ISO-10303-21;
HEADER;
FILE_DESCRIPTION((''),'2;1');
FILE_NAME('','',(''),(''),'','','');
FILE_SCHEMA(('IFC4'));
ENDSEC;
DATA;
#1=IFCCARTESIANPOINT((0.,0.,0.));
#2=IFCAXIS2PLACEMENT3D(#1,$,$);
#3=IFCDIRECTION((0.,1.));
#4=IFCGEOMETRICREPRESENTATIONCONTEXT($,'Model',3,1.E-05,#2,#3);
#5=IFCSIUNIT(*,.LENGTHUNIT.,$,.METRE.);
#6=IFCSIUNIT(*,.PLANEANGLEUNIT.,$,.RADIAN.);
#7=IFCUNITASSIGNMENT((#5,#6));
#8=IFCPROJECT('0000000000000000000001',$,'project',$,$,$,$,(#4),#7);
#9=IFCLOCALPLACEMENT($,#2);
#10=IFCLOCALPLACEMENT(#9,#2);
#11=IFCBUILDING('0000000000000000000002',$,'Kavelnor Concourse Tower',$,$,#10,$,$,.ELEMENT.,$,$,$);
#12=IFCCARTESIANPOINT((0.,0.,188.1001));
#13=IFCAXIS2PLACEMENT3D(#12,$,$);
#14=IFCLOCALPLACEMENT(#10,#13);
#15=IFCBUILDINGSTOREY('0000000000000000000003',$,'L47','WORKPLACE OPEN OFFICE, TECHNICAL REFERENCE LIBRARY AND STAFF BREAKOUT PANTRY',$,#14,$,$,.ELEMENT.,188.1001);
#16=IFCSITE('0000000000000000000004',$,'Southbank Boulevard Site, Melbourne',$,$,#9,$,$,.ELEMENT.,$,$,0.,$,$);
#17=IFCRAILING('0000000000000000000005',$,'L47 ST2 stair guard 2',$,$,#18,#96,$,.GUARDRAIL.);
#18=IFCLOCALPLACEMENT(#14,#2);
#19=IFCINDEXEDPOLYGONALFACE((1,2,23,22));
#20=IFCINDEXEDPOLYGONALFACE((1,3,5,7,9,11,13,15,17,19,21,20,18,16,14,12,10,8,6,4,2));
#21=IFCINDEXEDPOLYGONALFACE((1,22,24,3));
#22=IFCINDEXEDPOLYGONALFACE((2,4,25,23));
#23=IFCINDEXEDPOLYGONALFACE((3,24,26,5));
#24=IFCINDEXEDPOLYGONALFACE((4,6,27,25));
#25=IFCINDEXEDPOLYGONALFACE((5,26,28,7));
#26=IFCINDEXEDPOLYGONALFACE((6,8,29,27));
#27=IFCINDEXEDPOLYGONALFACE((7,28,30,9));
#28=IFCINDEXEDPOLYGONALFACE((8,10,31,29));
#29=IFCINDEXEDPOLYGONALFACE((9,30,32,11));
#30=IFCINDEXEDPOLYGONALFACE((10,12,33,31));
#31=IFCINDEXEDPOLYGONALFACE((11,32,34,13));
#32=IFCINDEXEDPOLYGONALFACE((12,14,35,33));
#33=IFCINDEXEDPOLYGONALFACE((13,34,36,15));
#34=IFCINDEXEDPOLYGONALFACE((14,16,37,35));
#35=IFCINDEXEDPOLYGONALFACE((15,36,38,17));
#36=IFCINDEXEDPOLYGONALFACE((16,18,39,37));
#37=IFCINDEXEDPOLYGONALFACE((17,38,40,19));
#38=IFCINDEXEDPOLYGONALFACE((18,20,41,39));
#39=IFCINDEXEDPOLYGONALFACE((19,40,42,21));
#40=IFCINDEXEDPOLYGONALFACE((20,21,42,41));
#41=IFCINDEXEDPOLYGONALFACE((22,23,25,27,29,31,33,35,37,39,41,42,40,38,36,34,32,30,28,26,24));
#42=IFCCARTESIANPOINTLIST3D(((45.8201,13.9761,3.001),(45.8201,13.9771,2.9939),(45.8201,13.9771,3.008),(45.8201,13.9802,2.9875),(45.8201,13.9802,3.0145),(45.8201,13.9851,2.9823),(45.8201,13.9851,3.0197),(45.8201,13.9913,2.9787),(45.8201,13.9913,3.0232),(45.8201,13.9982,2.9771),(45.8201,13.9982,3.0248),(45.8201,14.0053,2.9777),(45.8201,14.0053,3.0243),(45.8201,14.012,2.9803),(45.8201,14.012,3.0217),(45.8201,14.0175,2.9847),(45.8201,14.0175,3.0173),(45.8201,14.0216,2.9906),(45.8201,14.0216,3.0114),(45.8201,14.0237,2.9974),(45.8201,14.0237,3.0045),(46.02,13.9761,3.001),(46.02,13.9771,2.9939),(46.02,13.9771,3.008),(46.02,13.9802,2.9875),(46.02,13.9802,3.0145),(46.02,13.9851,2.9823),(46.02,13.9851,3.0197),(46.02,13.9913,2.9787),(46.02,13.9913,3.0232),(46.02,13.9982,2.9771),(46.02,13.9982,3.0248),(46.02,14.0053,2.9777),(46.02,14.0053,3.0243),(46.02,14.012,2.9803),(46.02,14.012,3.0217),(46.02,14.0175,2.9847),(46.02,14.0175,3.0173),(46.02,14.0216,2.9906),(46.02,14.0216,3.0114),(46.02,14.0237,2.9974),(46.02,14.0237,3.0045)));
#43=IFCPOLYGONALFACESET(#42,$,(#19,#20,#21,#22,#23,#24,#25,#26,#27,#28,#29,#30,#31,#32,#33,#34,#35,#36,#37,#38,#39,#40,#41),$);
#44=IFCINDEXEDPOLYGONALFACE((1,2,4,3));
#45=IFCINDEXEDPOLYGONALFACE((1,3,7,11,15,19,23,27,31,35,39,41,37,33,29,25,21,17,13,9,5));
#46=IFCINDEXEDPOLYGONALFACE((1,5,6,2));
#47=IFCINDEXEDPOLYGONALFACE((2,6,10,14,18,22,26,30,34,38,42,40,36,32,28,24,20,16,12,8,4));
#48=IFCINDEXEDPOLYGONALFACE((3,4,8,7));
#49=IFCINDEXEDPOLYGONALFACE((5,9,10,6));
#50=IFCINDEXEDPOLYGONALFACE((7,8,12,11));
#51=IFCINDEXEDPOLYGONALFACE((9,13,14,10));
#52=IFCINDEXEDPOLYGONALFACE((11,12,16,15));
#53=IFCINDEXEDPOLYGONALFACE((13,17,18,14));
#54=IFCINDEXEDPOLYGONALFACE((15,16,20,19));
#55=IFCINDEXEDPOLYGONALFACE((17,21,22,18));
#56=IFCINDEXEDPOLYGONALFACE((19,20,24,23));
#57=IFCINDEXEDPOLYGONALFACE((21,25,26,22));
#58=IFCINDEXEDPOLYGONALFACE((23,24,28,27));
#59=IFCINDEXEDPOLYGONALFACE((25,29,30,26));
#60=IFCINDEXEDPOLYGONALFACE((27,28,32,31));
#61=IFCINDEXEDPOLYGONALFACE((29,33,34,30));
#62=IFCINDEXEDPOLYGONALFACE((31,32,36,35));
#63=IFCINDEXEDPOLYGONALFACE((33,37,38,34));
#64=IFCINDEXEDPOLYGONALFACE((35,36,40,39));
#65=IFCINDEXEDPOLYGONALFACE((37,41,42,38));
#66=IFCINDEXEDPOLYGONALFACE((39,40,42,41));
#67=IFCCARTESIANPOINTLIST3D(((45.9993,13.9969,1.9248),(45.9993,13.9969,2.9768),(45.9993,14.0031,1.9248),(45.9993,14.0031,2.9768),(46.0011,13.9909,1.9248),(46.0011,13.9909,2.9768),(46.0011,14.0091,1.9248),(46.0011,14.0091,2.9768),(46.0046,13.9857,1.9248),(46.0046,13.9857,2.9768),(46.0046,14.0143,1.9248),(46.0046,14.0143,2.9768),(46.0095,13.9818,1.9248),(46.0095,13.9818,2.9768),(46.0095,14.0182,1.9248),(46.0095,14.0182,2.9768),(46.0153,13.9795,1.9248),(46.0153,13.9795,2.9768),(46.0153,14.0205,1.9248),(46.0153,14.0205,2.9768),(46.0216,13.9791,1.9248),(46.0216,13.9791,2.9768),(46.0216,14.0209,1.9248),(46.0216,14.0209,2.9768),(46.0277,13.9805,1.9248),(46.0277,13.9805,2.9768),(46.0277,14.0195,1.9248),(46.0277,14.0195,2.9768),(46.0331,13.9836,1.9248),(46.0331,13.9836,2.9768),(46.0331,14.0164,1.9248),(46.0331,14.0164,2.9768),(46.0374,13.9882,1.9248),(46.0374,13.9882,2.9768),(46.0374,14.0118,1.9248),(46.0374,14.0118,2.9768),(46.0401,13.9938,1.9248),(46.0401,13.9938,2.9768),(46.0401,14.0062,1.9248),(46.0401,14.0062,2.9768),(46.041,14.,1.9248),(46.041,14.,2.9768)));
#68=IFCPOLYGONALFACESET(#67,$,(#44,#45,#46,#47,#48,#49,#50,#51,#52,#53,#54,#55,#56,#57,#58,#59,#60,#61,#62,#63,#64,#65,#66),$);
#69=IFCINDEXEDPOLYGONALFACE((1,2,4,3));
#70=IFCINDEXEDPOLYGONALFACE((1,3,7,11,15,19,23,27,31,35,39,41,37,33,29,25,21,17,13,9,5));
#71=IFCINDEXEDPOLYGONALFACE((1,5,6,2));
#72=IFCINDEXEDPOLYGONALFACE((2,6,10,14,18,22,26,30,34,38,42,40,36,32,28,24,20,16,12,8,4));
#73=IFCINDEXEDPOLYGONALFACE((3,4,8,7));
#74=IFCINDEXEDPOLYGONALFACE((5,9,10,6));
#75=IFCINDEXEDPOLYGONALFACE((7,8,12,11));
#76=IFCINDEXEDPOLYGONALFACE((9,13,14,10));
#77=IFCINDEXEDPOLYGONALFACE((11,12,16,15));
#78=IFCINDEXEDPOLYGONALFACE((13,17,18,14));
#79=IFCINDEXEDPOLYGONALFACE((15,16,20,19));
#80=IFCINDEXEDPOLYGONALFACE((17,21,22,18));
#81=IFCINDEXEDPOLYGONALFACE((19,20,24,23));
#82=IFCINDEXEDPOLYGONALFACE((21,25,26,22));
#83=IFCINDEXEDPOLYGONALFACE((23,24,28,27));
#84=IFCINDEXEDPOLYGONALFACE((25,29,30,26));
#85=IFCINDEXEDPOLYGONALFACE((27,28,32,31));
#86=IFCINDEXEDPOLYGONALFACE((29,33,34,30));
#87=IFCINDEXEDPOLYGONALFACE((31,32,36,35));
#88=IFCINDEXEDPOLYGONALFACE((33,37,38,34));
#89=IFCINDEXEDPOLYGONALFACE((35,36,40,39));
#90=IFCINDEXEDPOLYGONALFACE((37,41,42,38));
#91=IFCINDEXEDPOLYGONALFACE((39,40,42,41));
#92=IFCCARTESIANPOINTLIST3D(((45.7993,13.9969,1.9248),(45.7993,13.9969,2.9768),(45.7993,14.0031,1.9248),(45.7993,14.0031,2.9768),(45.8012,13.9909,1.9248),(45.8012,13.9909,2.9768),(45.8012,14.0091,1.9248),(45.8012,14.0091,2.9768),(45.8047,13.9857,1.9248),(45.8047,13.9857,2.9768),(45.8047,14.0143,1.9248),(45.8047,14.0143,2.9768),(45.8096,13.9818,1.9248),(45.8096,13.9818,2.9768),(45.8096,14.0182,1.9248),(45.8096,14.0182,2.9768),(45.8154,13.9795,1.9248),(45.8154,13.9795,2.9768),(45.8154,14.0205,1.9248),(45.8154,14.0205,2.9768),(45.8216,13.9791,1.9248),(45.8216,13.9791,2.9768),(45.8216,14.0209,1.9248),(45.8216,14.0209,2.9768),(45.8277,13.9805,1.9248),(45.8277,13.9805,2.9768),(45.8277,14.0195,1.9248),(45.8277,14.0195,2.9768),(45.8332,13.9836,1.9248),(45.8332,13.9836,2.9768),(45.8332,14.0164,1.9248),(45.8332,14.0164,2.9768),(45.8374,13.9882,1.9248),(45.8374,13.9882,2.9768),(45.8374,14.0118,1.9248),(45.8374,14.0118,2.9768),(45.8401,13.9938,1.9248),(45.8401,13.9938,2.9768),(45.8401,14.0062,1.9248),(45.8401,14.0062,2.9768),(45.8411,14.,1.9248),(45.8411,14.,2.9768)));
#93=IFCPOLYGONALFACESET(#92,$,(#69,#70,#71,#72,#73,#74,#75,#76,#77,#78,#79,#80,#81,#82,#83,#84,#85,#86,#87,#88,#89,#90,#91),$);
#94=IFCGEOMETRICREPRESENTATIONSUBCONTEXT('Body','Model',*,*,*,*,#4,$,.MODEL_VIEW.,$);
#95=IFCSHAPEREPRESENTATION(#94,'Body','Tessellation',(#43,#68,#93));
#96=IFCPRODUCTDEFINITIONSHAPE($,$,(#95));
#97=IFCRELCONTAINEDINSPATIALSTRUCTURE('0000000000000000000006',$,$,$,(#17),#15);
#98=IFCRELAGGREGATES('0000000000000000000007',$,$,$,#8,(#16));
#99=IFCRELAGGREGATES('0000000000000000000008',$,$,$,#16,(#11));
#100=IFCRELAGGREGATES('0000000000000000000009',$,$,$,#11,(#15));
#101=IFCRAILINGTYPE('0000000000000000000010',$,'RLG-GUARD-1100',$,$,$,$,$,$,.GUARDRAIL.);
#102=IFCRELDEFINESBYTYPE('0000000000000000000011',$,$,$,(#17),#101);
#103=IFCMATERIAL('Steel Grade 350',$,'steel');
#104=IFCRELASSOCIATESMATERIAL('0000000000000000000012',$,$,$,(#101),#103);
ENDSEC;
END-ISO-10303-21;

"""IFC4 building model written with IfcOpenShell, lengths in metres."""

from ifc_helpers import new_model, si_unit, direction, frame, origin, origin_2d, place, context, subcontext, project, spatial, circle, extrude, material, type_object, element, save


model = new_model("IFC4")

# Units and contexts
model_context = context("Model", 3, precision=1e-05, world=origin(), true_north=direction((0.0, 1.0)))
body_context = subcontext(model_context, "Body", "Model", "MODEL_VIEW")
ifc_project = project(units=[si_unit("LENGTHUNIT", "METRE"), si_unit("PLANEANGLEUNIT", "RADIAN")], contexts=[model_context])

# Site, building, storey
site_placement = place(None, origin())
site = spatial("IfcSite", under=ifc_project, at=site_placement, Name="Southbank Boulevard Site, Melbourne", CompositionType="ELEMENT", RefElevation=0.0)
building_placement = place(site_placement, origin())
building = spatial("IfcBuilding", under=site, at=building_placement, Name="Kavelnor Concourse Tower", CompositionType="ELEMENT")
storey_placement = place(building_placement, frame((0.0, 0.0, 188.1001)))
storey = spatial("IfcBuildingStorey", under=building, at=storey_placement, Name="L47", Description="WORKPLACE OPEN OFFICE, TECHNICAL REFERENCE LIBRARY AND STAFF BREAKOUT PANTRY", CompositionType="ELEMENT", Elevation=188.1001)

# Shared definitions
ifc_material_1 = material(Name="Steel Grade 350", Category="steel")

# Railing
railing_type_1 = type_object("IfcRailingType", Name="RLG-GUARD-1100", PredefinedType="GUARDRAIL", material=ifc_material_1)
railing_1_placement = place(storey_placement, frame((46.02, 14.0, 1.9248)))
element("IfcRailing", 1, at=railing_1_placement, inside=storey, type_object=railing_type_1, Name="L47 ST2 stair guard 2", PredefinedType="GUARDRAIL", context=body_context, shape_type="SweptSolid", body=[
    extrude(circle(Radius=0.0239, at=origin_2d()), frame((0.0, 0.0, 1.0762), z_axis=(-1.0, 0.0, 0.0), x_axis=(0.0, -1.0, 0.0)), (0.0, 0.0, 1.0), 0.2),
    extrude(circle(Radius=0.021, at=origin_2d()), origin(), (0.0, 0.0, 1.0), 1.052),
    extrude(circle(Radius=0.021, at=origin_2d()), frame((-0.2, 0.0, 0.0)), (0.0, 0.0, 1.0), 1.052),
])

save(model, "model.ifc")
